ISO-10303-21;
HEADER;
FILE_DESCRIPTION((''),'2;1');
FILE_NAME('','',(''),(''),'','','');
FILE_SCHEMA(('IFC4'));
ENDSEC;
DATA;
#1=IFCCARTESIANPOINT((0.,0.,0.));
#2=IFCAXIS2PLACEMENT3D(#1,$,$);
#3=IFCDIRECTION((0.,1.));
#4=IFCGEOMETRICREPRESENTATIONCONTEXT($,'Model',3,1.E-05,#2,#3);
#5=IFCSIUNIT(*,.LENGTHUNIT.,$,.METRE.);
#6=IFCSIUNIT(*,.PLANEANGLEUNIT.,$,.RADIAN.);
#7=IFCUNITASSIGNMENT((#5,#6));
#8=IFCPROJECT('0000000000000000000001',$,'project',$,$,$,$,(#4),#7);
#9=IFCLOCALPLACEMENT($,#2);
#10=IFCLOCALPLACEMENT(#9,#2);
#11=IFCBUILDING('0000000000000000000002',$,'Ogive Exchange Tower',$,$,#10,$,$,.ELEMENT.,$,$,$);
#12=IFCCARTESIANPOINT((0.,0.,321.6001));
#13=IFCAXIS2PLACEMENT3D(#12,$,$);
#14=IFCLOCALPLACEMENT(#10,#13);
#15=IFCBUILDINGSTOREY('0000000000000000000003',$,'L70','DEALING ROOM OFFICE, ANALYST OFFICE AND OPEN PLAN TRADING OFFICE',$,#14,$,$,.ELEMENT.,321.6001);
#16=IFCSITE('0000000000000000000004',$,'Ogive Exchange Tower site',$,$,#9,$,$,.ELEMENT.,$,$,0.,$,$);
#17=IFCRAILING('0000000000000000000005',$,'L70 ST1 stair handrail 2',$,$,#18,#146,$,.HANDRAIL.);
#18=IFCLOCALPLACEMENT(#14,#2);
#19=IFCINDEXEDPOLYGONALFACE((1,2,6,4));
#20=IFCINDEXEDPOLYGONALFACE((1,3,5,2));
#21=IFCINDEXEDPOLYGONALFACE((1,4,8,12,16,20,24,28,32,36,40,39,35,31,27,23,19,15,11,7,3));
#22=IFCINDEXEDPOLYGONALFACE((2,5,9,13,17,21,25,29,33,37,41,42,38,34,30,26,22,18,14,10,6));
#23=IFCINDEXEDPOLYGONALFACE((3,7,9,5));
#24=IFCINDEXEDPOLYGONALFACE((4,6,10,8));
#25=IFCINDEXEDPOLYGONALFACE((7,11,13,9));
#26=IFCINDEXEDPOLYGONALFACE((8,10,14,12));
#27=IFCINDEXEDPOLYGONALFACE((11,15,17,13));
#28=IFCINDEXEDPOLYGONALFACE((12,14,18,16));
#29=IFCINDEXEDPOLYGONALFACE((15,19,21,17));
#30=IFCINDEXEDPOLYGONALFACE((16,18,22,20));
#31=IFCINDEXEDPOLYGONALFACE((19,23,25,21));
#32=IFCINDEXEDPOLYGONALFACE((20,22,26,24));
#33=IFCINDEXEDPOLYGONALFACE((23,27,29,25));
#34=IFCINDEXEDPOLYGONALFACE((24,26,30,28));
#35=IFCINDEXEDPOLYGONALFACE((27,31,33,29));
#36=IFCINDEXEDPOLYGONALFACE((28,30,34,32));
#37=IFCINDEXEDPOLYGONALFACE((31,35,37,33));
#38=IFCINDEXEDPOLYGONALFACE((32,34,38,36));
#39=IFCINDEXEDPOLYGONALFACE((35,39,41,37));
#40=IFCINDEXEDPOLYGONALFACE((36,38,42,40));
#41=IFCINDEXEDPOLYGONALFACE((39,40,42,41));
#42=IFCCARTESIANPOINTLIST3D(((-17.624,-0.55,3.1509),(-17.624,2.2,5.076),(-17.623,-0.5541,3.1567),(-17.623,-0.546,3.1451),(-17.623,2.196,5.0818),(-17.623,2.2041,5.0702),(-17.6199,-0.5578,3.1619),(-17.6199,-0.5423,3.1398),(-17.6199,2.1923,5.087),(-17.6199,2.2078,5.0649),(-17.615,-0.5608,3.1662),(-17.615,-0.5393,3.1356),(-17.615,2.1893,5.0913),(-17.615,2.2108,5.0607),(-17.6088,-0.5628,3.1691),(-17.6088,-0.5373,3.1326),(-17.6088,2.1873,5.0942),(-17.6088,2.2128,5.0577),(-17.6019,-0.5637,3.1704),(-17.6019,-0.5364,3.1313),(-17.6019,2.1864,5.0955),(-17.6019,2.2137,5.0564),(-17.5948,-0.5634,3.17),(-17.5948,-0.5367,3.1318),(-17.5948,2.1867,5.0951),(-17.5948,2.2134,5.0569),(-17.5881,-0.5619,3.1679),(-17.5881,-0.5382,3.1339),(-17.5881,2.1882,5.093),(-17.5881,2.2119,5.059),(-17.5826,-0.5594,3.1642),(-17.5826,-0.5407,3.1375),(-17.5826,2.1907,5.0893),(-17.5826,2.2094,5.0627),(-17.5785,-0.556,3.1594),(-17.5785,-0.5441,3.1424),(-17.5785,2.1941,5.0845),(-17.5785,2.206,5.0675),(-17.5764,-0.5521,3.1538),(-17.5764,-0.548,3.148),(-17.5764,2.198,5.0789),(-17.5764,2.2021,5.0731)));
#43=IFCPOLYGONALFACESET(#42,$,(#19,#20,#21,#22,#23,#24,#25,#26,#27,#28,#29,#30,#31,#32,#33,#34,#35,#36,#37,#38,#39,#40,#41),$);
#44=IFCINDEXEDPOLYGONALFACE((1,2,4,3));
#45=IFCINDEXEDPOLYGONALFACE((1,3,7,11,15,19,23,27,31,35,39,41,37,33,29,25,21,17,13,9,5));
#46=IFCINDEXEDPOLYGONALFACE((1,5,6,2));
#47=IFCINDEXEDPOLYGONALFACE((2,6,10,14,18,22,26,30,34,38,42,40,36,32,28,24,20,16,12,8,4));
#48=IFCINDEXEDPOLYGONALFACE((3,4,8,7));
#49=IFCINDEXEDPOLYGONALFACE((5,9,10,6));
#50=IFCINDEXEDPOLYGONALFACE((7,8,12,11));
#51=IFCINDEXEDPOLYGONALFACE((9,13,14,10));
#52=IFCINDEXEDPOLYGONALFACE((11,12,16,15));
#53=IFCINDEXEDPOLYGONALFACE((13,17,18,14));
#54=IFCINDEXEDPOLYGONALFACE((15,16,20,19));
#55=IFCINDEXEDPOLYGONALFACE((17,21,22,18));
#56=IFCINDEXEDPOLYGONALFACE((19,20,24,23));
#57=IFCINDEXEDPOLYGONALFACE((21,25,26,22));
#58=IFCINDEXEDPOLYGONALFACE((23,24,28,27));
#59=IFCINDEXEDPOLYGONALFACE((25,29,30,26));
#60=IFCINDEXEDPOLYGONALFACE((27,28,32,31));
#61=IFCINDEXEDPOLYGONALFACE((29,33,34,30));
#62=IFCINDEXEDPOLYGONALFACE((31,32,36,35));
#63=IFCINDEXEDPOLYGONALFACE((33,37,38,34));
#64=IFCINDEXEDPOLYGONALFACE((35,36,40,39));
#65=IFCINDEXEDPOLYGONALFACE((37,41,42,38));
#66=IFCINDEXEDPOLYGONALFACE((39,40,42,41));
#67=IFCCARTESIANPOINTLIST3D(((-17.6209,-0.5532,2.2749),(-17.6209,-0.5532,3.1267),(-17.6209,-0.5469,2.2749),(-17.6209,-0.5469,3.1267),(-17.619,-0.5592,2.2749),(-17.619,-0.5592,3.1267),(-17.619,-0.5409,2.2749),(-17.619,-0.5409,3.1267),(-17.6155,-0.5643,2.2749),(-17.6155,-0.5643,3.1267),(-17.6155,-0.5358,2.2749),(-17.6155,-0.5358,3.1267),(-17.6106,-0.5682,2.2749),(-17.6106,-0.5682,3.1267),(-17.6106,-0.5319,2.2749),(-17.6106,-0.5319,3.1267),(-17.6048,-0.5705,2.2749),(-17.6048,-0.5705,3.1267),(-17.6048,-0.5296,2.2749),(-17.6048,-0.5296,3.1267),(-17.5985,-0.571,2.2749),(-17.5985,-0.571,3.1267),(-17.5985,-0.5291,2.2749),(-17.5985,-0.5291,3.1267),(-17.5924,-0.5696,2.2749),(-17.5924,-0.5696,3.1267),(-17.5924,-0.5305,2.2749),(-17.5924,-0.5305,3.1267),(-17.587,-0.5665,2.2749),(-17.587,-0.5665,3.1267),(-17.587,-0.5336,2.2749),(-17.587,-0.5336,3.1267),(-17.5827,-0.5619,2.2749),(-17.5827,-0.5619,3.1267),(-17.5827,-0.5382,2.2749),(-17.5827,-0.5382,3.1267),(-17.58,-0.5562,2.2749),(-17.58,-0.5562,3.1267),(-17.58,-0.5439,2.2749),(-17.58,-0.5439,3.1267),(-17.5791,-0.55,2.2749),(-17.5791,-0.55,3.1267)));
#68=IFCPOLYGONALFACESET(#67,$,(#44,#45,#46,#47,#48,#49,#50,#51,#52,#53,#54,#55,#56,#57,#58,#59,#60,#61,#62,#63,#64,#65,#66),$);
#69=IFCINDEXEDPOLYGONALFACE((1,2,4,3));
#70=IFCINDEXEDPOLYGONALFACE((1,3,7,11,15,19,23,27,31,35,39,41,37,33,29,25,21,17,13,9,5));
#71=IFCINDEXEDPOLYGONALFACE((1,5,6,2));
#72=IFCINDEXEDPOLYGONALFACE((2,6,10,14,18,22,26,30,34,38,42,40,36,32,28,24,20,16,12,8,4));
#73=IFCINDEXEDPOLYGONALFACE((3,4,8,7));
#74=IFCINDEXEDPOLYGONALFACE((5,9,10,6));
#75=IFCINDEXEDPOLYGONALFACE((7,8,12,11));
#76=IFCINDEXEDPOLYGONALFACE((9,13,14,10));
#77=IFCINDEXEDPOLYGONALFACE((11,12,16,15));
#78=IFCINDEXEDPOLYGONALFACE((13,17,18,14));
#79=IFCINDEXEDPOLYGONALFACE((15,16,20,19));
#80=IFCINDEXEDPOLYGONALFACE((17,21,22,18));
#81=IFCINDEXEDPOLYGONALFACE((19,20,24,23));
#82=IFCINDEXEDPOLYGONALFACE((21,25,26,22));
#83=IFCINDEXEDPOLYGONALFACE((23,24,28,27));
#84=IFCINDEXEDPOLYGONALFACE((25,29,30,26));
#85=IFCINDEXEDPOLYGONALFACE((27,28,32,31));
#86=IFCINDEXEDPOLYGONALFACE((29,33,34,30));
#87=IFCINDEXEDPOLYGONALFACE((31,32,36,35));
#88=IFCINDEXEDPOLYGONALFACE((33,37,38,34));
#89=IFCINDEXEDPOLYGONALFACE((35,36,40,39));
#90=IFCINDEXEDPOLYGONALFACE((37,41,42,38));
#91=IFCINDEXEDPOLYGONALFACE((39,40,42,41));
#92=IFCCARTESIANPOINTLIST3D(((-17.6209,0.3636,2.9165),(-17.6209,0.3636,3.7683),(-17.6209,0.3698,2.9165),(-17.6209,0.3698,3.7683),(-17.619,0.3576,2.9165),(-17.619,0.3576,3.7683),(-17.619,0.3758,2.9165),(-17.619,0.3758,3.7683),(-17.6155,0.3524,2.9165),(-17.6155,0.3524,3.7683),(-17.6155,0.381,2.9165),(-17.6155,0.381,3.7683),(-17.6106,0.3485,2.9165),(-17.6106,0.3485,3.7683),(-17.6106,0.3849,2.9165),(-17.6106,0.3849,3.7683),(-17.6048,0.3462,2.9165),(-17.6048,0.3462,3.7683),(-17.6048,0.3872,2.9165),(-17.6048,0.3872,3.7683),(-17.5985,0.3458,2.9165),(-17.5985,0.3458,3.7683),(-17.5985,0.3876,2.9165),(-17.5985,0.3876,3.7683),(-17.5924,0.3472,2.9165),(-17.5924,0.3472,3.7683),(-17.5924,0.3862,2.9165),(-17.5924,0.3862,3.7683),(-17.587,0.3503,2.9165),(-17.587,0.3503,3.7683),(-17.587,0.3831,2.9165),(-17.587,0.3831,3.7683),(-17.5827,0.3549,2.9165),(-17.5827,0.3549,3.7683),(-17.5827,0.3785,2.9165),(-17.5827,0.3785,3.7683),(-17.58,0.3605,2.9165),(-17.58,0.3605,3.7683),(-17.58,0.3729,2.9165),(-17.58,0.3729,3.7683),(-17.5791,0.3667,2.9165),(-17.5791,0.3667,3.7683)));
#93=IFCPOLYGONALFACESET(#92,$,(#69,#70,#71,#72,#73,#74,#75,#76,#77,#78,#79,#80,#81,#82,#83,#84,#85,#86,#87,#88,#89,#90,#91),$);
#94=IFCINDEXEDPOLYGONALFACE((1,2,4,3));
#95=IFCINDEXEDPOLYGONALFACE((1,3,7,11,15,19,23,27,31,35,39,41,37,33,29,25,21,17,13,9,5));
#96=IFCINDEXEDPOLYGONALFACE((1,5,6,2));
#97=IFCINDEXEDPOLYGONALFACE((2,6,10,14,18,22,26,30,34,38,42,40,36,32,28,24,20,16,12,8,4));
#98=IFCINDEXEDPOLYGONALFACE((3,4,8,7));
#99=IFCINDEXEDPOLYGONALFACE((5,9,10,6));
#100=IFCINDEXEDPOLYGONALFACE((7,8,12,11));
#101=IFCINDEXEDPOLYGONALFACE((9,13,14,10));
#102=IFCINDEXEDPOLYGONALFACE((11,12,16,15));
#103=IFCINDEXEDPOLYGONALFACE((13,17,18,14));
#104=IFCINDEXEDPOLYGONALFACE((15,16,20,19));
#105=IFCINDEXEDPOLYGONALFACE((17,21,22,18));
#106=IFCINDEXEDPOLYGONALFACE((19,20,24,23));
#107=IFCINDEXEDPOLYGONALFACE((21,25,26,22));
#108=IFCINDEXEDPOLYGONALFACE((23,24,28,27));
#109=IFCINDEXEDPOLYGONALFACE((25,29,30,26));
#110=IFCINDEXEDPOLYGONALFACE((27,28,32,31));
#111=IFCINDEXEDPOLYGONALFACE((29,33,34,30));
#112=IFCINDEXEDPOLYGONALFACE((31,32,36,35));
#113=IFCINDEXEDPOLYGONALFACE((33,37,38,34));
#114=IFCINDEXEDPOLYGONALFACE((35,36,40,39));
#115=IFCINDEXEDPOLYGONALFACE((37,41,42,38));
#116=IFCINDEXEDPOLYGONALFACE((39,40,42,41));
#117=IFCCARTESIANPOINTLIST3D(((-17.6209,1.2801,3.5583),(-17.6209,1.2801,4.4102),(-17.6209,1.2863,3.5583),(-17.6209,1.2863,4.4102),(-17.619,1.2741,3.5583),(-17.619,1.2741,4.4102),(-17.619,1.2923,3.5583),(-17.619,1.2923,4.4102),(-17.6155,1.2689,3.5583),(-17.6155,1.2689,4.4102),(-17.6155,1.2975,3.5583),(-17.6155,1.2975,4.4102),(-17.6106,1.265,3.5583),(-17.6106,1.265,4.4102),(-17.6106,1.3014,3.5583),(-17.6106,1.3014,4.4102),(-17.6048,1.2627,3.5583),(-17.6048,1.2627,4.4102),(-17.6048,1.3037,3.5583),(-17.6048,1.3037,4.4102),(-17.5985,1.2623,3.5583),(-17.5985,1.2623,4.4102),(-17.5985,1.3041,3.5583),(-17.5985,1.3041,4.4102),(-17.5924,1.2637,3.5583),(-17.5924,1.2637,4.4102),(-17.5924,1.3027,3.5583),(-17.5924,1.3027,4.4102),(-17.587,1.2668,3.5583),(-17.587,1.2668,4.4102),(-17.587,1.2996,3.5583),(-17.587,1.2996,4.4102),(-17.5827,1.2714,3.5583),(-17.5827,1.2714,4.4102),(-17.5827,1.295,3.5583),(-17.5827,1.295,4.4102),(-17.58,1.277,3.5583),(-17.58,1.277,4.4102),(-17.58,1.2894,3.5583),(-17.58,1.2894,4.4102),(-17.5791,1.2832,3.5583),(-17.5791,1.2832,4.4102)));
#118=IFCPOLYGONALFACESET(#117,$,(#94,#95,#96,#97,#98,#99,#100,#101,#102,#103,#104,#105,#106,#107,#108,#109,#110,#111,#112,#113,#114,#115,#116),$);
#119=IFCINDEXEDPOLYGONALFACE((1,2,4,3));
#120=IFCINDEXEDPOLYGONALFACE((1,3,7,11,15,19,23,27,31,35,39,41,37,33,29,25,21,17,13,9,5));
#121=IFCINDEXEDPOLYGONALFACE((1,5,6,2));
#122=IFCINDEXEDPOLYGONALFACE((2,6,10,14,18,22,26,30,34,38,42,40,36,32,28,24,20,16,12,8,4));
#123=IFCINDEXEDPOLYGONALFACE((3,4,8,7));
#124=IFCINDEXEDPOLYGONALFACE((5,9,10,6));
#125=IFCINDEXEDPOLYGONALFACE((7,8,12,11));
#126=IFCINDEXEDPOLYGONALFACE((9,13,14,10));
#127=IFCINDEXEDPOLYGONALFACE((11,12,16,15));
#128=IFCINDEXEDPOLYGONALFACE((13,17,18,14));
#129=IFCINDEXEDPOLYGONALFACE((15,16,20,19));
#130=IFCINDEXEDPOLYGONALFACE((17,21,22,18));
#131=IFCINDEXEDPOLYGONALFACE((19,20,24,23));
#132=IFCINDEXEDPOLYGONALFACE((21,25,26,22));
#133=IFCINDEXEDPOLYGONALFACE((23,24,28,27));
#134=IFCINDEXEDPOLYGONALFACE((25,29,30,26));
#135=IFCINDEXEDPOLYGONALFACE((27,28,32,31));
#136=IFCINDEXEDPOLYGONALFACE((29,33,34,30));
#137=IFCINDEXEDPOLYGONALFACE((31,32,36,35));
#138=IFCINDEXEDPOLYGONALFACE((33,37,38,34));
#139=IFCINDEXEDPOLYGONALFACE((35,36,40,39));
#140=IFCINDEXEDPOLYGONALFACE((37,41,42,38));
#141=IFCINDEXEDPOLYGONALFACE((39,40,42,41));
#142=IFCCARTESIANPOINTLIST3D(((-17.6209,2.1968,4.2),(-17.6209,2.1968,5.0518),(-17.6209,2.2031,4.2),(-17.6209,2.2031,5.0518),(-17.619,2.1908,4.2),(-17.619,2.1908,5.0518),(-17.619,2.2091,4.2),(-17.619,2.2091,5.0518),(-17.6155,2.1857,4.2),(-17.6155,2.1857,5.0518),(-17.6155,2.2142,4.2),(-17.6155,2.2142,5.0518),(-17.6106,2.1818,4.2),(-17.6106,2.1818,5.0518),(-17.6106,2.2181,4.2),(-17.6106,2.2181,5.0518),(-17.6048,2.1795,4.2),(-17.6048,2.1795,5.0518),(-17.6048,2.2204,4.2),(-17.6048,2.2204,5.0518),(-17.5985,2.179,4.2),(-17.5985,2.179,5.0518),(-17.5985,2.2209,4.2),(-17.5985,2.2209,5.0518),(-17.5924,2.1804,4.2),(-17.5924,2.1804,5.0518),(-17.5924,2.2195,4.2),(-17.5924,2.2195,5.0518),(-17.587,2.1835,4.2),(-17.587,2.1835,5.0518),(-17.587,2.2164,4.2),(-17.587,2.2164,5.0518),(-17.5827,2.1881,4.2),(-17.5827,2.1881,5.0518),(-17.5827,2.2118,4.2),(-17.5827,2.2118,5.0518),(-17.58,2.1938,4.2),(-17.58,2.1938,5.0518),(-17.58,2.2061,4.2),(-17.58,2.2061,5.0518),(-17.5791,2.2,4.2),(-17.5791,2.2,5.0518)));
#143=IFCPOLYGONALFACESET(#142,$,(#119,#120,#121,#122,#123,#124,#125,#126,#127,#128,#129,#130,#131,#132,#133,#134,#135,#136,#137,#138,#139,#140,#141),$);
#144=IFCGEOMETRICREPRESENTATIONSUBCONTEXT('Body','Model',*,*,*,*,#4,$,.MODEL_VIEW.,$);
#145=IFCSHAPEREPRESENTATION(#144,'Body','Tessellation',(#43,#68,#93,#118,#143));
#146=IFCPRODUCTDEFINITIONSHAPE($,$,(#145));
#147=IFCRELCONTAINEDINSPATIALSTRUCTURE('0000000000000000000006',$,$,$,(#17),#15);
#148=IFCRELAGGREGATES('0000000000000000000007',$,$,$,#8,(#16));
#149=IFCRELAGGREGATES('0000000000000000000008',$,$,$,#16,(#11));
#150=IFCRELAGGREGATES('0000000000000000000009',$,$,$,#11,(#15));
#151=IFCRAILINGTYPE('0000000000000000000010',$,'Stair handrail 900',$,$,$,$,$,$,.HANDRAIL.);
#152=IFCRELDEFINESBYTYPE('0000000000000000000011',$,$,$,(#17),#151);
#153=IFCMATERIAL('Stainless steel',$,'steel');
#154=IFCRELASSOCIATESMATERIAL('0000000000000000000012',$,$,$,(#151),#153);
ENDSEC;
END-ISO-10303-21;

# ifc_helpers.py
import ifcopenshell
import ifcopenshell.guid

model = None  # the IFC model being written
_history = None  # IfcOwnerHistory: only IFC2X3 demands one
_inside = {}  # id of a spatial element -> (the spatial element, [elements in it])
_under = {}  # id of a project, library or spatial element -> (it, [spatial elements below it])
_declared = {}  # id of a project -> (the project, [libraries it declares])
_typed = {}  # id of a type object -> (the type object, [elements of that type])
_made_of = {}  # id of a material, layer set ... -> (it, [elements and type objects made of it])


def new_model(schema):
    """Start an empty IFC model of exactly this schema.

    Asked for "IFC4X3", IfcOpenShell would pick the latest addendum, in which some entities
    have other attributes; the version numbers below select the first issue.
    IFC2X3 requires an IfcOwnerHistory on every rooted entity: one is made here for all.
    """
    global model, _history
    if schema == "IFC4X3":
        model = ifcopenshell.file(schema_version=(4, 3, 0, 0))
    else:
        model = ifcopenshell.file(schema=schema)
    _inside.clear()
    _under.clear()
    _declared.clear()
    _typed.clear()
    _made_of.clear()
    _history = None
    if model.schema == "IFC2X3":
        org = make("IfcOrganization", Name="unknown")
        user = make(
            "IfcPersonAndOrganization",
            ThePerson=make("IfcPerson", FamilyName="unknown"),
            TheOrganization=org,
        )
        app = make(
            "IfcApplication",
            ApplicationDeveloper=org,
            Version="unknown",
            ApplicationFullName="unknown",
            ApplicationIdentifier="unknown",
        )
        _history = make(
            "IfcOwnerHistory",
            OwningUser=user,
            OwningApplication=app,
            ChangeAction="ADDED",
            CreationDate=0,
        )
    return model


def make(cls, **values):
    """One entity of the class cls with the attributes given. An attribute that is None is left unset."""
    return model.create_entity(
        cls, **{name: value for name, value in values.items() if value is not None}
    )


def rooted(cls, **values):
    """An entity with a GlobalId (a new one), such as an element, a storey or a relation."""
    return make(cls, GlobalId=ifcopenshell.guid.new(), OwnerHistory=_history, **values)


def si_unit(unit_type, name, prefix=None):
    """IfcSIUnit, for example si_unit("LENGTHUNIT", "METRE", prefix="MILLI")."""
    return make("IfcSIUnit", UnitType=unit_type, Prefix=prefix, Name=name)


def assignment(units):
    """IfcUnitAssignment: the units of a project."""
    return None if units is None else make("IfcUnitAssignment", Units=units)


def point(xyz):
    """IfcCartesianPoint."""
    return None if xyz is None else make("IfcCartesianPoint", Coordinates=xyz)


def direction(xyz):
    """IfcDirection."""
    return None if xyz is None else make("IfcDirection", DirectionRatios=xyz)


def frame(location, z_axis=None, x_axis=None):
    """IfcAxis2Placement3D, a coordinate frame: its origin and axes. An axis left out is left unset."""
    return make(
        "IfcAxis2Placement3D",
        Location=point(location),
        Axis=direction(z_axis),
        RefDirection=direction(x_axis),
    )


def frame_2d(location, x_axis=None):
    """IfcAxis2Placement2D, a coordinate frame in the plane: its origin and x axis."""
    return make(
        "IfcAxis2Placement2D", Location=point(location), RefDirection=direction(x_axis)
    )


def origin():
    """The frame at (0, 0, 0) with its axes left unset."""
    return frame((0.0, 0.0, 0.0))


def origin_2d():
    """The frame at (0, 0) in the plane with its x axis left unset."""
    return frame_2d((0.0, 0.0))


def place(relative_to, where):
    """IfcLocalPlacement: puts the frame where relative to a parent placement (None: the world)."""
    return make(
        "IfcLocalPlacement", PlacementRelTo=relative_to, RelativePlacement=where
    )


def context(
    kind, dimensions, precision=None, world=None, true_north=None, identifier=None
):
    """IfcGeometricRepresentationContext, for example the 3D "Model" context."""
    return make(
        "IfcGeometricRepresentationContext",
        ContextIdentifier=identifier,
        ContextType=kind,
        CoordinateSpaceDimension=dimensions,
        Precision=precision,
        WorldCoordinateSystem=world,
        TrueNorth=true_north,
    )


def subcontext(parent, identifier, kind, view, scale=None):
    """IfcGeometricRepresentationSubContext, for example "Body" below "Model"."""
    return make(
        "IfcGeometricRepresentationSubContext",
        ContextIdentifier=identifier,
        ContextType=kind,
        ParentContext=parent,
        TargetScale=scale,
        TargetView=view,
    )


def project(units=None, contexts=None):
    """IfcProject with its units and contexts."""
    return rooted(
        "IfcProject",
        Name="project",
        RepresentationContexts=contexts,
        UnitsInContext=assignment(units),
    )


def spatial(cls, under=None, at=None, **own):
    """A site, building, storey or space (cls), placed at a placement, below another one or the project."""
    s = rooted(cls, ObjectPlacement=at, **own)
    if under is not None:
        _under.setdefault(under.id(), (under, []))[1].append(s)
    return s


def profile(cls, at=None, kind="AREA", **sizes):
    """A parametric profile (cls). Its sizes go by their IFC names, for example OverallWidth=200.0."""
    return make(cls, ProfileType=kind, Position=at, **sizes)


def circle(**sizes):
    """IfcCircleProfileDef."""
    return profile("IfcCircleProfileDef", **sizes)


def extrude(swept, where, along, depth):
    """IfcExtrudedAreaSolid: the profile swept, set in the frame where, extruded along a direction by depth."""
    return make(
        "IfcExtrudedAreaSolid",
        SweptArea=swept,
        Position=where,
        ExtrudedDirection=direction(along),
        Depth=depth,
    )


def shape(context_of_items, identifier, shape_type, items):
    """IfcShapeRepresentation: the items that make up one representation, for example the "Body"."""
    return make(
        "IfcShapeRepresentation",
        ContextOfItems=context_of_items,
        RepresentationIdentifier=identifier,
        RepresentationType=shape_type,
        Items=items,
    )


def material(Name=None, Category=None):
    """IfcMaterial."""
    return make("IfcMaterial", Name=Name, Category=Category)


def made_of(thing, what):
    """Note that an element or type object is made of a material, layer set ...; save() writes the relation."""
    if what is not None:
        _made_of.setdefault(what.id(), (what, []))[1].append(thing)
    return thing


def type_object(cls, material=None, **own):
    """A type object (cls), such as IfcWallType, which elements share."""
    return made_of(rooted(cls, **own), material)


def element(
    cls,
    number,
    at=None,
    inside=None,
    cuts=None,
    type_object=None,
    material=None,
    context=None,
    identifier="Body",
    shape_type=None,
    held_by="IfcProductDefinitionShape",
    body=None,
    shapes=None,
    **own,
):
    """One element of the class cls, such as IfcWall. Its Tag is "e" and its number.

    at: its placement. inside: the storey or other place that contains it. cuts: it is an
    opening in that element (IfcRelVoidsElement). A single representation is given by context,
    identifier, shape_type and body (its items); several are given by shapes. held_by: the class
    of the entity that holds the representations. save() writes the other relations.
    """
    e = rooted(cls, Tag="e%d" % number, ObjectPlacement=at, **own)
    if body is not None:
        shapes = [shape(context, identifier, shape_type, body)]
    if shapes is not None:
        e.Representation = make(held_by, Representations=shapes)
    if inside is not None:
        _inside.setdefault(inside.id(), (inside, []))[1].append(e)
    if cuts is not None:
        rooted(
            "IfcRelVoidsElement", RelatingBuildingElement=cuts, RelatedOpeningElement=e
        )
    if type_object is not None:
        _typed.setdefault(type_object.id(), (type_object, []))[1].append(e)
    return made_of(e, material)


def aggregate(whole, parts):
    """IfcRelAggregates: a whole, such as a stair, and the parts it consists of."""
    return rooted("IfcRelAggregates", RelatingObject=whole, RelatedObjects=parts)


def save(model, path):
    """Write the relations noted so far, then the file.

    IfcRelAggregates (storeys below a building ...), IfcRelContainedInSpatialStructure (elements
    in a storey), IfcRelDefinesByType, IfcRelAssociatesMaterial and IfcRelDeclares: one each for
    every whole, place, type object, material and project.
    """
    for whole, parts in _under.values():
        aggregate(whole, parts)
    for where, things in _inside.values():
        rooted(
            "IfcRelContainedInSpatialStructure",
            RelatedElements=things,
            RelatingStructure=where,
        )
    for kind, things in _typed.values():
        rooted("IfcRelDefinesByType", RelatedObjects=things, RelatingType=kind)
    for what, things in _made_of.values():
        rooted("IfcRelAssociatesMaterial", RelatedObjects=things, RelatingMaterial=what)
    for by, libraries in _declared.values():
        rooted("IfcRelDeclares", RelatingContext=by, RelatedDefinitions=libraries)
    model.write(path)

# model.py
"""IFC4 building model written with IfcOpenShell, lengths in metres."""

from ifc_helpers import new_model, si_unit, direction, frame, origin, origin_2d, place, context, subcontext, project, spatial, circle, extrude, material, type_object, element, save


model = new_model("IFC4")

# Units and contexts
model_context = context("Model", 3, precision=1e-05, world=origin(), true_north=direction((0.0, 1.0)))
body_context = subcontext(model_context, "Body", "Model", "MODEL_VIEW")
ifc_project = project(units=[si_unit("LENGTHUNIT", "METRE"), si_unit("PLANEANGLEUNIT", "RADIAN")], contexts=[model_context])

# Site, building, storey
site_placement = place(None, origin())
site = spatial("IfcSite", under=ifc_project, at=site_placement, Name="Ogive Exchange Tower site", CompositionType="ELEMENT", RefElevation=0.0)
building_placement = place(site_placement, origin())
building = spatial("IfcBuilding", under=site, at=building_placement, Name="Ogive Exchange Tower", CompositionType="ELEMENT")
storey_placement = place(building_placement, frame((0.0, 0.0, 321.6001)))
storey = spatial("IfcBuildingStorey", under=building, at=storey_placement, Name="L70", Description="DEALING ROOM OFFICE, ANALYST OFFICE AND OPEN PLAN TRADING OFFICE", CompositionType="ELEMENT", Elevation=321.6001)

# Shared definitions
ifc_material_1 = material(Name="Stainless steel", Category="steel")

# Railing
railing_type = type_object("IfcRailingType", Name="Stair handrail 900", PredefinedType="HANDRAIL", material=ifc_material_1)
railing_placement = place(storey_placement, frame((-17.6001, -0.55, 2.2749)))
element("IfcRailing", 1, at=railing_placement, inside=storey, type_object=railing_type, Name="L70 ST1 stair handrail 2", PredefinedType="HANDRAIL", context=body_context, shape_type="SweptSolid", body=[
    extrude(circle(Radius=0.0239, at=origin_2d()), frame((0.0, 0.0, 0.876), z_axis=(0.0, 0.819225, 0.573472), x_axis=(-1.0, 0.0, 0.0)), (0.0, 0.0, 1.0), 3.3569),
    extrude(circle(Radius=0.021, at=origin_2d()), origin(), (0.0, 0.0, 1.0), 0.8518),
    extrude(circle(Radius=0.021, at=origin_2d()), frame((0.0, 0.9167, 0.6416)), (0.0, 0.0, 1.0), 0.8518),
    extrude(circle(Radius=0.021, at=origin_2d()), frame((0.0, 1.8333, 1.2834)), (0.0, 0.0, 1.0), 0.8518),
    extrude(circle(Radius=0.021, at=origin_2d()), frame((0.0, 2.75, 1.925)), (0.0, 0.0, 1.0), 0.8518),
])

save(model, "model.ifc")
